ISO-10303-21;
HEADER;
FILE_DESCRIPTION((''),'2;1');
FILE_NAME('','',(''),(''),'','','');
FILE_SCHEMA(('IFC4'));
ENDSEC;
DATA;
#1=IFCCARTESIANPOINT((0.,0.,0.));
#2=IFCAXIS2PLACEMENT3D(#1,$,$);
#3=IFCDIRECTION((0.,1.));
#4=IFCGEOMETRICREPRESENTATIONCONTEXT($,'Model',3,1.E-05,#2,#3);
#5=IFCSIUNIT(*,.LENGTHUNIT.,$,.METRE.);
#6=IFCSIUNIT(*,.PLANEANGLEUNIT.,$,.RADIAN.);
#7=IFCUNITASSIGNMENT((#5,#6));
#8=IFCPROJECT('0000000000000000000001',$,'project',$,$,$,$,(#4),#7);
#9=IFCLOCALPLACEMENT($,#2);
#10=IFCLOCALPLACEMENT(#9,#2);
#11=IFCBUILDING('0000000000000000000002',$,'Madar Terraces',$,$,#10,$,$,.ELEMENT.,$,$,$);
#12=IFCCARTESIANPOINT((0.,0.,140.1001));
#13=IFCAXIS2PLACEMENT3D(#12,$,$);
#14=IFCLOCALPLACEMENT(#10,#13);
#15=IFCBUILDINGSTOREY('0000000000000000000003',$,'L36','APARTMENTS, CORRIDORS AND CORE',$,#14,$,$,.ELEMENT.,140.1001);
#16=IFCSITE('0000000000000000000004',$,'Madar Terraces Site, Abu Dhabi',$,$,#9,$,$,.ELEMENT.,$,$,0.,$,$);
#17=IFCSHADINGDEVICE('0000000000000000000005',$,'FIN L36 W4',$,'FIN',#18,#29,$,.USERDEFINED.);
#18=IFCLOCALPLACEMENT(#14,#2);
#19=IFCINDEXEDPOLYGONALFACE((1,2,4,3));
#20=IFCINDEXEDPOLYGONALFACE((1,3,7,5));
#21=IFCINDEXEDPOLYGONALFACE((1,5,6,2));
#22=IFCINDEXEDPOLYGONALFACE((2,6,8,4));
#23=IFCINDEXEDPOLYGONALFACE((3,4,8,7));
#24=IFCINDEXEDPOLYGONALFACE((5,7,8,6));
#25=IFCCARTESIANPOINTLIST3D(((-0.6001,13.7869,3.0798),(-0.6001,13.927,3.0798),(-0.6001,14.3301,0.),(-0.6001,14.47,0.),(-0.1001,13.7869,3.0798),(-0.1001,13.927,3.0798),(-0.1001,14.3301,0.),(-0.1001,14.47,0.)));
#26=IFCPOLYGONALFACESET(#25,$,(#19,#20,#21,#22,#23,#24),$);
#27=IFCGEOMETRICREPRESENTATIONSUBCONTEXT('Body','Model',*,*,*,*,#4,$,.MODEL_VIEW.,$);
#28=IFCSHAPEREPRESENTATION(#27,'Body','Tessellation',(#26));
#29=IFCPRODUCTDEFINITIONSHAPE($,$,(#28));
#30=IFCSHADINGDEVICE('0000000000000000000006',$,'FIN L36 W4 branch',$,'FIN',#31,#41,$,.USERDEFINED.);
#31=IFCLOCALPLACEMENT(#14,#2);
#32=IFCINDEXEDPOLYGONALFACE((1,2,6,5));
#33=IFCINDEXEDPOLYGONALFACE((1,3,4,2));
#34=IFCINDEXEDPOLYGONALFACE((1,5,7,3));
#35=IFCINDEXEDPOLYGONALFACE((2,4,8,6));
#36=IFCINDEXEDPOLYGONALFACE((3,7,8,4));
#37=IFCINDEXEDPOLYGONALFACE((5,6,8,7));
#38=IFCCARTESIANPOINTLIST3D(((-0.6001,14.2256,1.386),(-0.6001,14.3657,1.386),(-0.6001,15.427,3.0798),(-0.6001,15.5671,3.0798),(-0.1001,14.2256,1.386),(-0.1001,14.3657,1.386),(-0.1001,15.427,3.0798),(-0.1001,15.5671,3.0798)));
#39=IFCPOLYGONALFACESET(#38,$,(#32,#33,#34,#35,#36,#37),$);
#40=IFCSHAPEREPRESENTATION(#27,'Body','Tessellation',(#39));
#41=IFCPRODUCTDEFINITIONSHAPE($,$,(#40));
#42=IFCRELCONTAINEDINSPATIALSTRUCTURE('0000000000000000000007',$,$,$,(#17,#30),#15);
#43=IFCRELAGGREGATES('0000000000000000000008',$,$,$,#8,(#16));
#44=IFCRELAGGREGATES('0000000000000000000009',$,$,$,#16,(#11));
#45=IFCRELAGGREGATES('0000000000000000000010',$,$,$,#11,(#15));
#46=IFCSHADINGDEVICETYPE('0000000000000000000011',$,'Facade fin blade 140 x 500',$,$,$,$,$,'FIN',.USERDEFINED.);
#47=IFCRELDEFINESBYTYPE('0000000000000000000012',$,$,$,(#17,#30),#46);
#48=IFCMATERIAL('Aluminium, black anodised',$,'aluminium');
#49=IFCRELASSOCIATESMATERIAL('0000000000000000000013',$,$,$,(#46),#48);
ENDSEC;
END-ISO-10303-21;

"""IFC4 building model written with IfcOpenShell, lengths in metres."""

from ifc_helpers import new_model, si_unit, direction, frame, origin, place, context, subcontext, project, spatial, polyline, outline, extrude, material, type_object, element, save


model = new_model("IFC4")

# Units and contexts
model_context = context("Model", 3, precision=1e-05, world=origin(), true_north=direction((0.0, 1.0)))
body_context = subcontext(model_context, "Body", "Model", "MODEL_VIEW")
ifc_project = project(units=[si_unit("LENGTHUNIT", "METRE"), si_unit("PLANEANGLEUNIT", "RADIAN")], contexts=[model_context])

# Site, building, storey
site_placement = place(None, origin())
site = spatial("IfcSite", under=ifc_project, at=site_placement, Name="Madar Terraces Site, Abu Dhabi", CompositionType="ELEMENT", RefElevation=0.0)
building_placement = place(site_placement, origin())
building = spatial("IfcBuilding", under=site, at=building_placement, Name="Madar Terraces", CompositionType="ELEMENT")
storey_placement = place(building_placement, frame((0.0, 0.0, 140.1001)))
storey = spatial("IfcBuildingStorey", under=building, at=storey_placement, Name="L36", Description="APARTMENTS, CORRIDORS AND CORE", CompositionType="ELEMENT", Elevation=140.1001)

# Shading devices
ifc_material_1 = material(Name="Aluminium, black anodised", Category="aluminium")
shading_device_type = type_object("IfcShadingDeviceType", Name="Facade fin blade 140 x 500", ElementType="FIN", PredefinedType="USERDEFINED", material=ifc_material_1)
shading_device_1_placement = place(storey_placement, frame((-0.3501, 14.47, 0.0), z_axis=(0.0, 0.0, 1.0), x_axis=(0.0, -1.0, 0.0)))
element("IfcShadingDevice", 1, at=shading_device_1_placement, inside=storey, type_object=shading_device_type, Name="FIN L36 W4", ObjectType="FIN", PredefinedType="USERDEFINED", context=body_context, shape_type="SweptSolid", body=[
    extrude(outline(polyline([(0.0, 0.0), (0.1399, 0.0), (0.6831, 3.0798), (0.543, 3.0798), (0.0, 0.0)])), frame((0.0, 0.25, 0.0), z_axis=(0.0, -1.0, 0.0), x_axis=(1.0, 0.0, 0.0)), (0.0, 0.0, 1.0), 0.5),
])
shading_device_2_placement = place(storey_placement, frame((-0.3501, 14.3657, 1.386), z_axis=(0.0, 0.0, 1.0), x_axis=(0.0, -1.0, 0.0)))
element("IfcShadingDevice", 2, at=shading_device_2_placement, inside=storey, type_object=shading_device_type, Name="FIN L36 W4 branch", ObjectType="FIN", PredefinedType="USERDEFINED", context=body_context, shape_type="SweptSolid", body=[
    extrude(outline(polyline([(0.0, 0.0), (0.1401, 0.0), (-1.0613, 1.6938), (-1.2014, 1.6938), (0.0, 0.0)])), frame((0.0, 0.25, 0.0), z_axis=(0.0, -1.0, 0.0), x_axis=(1.0, 0.0, 0.0)), (0.0, 0.0, 1.0), 0.5),
])

save(model, "model.ifc")
